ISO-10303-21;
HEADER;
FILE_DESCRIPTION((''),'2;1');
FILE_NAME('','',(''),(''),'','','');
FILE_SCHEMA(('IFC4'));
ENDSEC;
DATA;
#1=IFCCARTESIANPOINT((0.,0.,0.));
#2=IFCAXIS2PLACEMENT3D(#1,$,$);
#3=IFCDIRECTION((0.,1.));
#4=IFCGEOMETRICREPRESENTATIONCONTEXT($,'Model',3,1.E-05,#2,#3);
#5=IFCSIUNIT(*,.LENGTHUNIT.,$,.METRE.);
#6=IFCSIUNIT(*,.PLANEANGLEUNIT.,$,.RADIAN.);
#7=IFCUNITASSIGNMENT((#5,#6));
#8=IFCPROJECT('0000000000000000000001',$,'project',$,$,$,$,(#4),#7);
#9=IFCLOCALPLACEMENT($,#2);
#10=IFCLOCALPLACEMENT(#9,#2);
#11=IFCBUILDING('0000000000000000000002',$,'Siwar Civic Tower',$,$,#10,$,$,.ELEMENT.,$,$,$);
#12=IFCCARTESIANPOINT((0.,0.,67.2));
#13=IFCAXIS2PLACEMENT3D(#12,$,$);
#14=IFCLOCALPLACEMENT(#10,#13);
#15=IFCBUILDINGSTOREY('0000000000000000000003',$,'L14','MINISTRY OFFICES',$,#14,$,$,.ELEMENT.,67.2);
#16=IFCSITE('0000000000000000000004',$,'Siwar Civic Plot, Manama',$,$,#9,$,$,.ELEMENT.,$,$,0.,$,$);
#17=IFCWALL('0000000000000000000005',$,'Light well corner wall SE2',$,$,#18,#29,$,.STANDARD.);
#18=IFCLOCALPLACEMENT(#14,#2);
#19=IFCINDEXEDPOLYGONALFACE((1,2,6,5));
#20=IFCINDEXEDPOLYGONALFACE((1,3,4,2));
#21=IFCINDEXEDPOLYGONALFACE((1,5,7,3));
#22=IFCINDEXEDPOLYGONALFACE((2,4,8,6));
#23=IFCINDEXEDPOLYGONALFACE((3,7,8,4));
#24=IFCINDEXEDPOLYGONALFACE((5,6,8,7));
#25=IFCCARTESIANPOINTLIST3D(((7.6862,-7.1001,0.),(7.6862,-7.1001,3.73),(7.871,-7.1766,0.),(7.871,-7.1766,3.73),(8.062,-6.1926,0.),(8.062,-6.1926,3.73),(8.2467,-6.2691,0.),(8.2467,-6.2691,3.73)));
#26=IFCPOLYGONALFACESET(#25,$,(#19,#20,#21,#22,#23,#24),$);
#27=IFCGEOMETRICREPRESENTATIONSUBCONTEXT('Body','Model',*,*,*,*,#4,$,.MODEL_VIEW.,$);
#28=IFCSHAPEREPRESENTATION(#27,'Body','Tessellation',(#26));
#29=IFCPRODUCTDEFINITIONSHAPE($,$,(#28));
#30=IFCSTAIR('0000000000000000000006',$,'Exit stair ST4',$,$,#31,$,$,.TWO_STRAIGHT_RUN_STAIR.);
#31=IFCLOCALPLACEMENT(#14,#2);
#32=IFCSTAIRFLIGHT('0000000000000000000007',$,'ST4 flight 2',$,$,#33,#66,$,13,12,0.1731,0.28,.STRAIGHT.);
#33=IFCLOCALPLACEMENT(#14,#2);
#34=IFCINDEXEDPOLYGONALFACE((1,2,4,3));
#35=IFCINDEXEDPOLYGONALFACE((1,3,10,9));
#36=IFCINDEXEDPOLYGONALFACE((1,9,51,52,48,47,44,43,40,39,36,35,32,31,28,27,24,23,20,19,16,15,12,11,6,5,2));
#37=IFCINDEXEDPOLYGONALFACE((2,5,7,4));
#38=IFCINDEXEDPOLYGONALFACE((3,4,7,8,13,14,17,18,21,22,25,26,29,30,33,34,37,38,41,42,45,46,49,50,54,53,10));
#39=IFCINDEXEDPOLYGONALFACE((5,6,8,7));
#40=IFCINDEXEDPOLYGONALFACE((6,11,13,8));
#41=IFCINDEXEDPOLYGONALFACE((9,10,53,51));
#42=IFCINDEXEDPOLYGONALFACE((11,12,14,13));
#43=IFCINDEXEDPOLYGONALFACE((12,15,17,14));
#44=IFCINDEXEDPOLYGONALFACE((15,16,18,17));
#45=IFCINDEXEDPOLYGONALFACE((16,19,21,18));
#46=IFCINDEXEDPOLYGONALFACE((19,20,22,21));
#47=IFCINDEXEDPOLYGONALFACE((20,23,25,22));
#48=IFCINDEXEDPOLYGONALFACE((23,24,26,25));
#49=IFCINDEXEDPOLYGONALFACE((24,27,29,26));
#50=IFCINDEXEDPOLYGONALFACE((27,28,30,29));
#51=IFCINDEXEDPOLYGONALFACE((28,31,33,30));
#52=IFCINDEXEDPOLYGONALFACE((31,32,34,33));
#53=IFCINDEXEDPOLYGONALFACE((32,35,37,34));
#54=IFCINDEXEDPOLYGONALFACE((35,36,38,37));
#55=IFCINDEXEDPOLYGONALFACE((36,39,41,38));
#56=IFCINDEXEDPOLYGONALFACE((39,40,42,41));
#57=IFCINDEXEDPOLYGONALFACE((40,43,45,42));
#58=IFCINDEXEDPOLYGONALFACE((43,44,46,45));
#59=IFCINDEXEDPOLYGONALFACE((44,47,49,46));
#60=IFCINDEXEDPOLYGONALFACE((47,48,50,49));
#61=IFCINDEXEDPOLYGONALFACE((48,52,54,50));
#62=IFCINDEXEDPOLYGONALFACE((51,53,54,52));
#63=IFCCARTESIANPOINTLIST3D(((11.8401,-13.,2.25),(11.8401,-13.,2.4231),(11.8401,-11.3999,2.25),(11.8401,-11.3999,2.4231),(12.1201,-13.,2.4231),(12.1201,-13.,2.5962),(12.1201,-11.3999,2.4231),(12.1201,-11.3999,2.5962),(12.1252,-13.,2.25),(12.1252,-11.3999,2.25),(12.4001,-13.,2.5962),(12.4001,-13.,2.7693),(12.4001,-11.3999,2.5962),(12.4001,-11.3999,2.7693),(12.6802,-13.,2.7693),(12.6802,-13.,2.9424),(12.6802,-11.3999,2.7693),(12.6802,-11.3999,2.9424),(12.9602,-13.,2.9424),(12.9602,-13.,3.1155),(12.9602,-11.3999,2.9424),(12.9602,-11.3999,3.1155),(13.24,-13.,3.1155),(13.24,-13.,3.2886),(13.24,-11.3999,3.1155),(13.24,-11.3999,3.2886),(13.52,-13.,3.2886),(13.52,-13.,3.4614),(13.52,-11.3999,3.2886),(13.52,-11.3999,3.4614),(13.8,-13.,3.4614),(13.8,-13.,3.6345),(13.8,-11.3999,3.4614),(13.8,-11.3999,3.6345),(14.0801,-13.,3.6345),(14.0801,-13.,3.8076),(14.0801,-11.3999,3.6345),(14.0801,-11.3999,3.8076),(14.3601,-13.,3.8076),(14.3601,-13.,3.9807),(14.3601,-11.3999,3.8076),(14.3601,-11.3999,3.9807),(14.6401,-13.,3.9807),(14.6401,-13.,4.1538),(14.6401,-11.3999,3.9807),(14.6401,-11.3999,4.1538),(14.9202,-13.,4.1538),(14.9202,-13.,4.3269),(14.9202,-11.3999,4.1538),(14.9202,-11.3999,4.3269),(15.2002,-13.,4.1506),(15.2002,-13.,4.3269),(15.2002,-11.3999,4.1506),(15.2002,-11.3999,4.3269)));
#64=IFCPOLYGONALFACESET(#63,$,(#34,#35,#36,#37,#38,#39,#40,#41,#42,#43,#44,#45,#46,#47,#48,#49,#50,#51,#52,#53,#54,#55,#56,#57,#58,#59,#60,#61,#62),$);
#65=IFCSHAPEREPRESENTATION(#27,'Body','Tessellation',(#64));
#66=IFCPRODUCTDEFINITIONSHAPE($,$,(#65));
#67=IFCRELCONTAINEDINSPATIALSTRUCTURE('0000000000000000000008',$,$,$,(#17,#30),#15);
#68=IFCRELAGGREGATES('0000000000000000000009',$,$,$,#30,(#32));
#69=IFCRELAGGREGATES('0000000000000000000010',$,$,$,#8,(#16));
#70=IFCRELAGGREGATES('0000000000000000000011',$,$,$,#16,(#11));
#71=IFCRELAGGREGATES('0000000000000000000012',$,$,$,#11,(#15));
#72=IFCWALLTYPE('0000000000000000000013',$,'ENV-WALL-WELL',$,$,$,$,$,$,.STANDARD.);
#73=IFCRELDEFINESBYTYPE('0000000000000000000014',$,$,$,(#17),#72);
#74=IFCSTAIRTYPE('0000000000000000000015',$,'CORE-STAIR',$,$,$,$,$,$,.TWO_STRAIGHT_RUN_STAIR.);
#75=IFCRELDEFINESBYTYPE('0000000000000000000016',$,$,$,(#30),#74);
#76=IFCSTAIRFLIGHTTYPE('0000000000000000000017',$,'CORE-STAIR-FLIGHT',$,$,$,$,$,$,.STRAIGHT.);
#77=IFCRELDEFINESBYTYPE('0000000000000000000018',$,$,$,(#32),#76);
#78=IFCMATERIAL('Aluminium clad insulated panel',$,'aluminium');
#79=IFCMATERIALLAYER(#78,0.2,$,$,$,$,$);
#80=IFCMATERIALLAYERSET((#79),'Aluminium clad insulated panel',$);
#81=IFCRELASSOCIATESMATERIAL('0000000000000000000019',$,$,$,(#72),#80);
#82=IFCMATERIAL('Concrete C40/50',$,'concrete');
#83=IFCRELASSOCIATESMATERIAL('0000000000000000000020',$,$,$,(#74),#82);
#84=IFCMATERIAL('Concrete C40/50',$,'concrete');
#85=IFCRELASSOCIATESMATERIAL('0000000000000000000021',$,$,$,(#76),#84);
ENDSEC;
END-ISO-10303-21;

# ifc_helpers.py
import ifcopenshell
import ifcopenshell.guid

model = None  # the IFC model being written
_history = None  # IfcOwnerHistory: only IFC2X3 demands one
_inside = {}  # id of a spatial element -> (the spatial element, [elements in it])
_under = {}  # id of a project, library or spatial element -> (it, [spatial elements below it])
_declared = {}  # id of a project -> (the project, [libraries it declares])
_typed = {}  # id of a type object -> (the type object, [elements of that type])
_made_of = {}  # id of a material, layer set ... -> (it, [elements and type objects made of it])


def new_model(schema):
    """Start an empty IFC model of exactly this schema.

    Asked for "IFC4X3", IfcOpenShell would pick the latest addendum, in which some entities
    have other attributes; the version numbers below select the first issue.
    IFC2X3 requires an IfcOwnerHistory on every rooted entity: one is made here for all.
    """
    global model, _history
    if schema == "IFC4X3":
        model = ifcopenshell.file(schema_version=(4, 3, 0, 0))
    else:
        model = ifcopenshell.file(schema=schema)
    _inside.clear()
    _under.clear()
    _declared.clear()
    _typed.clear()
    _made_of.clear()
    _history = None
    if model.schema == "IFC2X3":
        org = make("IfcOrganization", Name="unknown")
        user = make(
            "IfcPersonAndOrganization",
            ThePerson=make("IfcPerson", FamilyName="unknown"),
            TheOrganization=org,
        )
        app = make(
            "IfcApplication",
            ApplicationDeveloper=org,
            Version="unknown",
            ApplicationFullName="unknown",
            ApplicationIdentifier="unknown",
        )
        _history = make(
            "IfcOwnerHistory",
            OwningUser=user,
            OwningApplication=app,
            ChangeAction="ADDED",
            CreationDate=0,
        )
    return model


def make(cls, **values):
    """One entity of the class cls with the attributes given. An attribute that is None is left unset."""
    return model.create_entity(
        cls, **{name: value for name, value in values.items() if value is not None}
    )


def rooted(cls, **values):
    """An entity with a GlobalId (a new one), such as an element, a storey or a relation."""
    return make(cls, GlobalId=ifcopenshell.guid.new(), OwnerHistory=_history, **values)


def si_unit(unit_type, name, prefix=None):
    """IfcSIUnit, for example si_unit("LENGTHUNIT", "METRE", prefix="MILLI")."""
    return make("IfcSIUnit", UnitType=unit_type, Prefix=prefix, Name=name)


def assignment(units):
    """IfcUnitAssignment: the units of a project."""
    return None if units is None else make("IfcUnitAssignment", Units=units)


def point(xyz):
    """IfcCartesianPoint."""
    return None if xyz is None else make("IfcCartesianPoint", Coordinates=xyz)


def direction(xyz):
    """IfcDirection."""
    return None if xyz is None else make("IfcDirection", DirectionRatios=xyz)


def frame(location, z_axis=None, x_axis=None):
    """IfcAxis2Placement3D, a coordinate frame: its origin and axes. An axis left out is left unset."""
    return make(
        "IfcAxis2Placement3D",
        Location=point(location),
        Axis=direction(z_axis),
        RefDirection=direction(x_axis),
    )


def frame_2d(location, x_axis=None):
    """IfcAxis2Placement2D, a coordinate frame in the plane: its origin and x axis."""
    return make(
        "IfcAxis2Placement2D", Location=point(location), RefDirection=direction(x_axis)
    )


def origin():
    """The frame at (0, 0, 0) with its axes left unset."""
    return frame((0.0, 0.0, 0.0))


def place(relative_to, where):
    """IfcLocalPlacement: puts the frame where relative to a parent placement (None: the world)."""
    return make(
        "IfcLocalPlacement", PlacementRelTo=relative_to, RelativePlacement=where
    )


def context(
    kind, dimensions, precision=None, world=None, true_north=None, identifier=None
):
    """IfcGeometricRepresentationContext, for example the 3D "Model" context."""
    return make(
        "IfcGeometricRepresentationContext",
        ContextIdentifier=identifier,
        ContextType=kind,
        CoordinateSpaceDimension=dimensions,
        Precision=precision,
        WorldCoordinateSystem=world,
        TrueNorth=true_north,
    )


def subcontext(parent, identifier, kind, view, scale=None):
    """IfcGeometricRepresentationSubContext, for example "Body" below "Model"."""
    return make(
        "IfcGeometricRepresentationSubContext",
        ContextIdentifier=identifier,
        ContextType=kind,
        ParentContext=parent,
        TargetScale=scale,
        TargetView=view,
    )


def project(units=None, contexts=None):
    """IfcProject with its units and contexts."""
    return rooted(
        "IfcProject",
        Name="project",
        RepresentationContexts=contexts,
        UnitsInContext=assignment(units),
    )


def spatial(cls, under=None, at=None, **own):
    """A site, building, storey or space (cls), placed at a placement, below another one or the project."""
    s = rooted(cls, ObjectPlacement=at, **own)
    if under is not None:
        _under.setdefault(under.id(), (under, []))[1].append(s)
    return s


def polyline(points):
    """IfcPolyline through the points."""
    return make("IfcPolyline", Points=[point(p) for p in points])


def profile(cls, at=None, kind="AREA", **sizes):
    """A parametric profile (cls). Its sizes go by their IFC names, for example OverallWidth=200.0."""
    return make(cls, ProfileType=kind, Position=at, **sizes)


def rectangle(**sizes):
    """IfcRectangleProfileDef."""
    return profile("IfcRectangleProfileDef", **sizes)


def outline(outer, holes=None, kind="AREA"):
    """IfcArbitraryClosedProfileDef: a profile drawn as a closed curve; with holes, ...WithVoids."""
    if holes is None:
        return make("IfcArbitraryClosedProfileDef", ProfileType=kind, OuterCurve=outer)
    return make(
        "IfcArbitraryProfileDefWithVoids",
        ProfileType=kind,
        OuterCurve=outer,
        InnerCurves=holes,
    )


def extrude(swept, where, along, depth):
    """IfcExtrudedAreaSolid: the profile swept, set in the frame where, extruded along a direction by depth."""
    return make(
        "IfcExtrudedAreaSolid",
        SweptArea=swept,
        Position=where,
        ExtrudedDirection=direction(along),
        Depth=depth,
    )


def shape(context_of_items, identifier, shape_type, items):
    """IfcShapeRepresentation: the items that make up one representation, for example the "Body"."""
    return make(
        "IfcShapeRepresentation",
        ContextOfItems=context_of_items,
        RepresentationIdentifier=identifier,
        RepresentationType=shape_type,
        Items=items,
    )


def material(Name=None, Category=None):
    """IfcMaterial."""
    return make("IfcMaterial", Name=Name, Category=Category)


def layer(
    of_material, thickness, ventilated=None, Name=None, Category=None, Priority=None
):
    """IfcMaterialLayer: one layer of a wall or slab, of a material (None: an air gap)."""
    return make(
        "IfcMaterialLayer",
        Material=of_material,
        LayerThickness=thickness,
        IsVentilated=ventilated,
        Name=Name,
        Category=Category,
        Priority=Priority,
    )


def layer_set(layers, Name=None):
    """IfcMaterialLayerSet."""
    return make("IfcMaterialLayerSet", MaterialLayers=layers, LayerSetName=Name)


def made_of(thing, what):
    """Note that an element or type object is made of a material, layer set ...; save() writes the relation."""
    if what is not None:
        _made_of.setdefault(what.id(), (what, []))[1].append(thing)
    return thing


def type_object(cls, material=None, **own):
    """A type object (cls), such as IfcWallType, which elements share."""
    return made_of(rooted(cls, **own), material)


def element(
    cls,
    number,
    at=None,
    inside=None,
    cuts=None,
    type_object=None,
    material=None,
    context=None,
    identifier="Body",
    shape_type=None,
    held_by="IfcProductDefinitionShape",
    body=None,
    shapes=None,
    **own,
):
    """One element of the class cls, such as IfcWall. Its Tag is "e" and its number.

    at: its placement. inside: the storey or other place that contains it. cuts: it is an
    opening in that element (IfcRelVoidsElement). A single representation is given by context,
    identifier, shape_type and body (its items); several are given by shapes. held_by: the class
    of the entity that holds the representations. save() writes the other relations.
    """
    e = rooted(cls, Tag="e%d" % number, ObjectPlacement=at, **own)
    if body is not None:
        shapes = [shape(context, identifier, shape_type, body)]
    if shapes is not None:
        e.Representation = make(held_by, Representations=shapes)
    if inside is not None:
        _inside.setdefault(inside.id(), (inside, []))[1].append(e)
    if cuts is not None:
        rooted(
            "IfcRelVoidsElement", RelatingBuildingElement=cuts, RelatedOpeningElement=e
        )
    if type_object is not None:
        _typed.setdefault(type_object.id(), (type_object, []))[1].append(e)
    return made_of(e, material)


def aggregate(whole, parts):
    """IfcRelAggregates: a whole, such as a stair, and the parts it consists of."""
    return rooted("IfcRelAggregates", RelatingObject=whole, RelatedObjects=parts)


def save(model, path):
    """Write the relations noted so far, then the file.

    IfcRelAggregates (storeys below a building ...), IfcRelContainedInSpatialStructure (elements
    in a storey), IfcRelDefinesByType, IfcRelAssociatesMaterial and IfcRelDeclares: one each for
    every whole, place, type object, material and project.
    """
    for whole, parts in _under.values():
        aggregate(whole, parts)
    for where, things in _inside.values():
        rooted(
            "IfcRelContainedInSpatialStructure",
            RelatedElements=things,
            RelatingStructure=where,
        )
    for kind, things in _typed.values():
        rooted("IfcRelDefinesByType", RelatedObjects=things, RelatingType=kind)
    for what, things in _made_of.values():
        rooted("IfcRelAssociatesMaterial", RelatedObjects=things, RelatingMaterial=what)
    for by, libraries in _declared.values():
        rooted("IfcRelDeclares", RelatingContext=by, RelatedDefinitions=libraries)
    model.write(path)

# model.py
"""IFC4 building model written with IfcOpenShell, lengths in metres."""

from ifc_helpers import new_model, si_unit, direction, frame, frame_2d, origin, place, context, subcontext, project, spatial, polyline, rectangle, outline, extrude, material, layer, layer_set, type_object, element, aggregate, save


model = new_model("IFC4")

# Units and contexts
model_context = context("Model", 3, precision=1e-05, world=origin(), true_north=direction((0.0, 1.0)))
body_context = subcontext(model_context, "Body", "Model", "MODEL_VIEW")
ifc_project = project(units=[si_unit("LENGTHUNIT", "METRE"), si_unit("PLANEANGLEUNIT", "RADIAN")], contexts=[model_context])

# Site, building, storey
site_placement = place(None, origin())
site = spatial("IfcSite", under=ifc_project, at=site_placement, Name="Siwar Civic Plot, Manama", CompositionType="ELEMENT", RefElevation=0.0)
building_placement = place(site_placement, origin())
building = spatial("IfcBuilding", under=site, at=building_placement, Name="Siwar Civic Tower", CompositionType="ELEMENT")
storey_placement = place(building_placement, frame((0.0, 0.0, 67.2)))
storey = spatial("IfcBuildingStorey", under=building, at=storey_placement, Name="L14", Description="MINISTRY OFFICES", CompositionType="ELEMENT", Elevation=67.2)

# Wall
ifc_material_1 = material(Name="Aluminium clad insulated panel", Category="aluminium")
ifc_layer_1 = layer(ifc_material_1, 0.2)
ifc_layer_set_1 = layer_set([ifc_layer_1], Name="Aluminium clad insulated panel")
wall_type_1 = type_object("IfcWallType", Name="ENV-WALL-WELL", PredefinedType="STANDARD", material=ifc_layer_set_1)
wall_1_placement = place(storey_placement, frame((7.7786, -7.1384, 0.0), z_axis=(0.0, 0.0, 1.0), x_axis=(0.382549, 0.923935, 0.0)))
element("IfcWall", 1, at=wall_1_placement, inside=storey, type_object=wall_type_1, Name="Light well corner wall SE2", PredefinedType="STANDARD", context=body_context, shape_type="SweptSolid", body=[
    extrude(rectangle(XDim=0.9822, YDim=0.2, at=frame_2d((0.4912, 0.0))), origin(), (0.0, 0.0, 1.0), 3.73),
])

# Stair, stair flight
ifc_material_2 = material(Name="Concrete C40/50", Category="concrete")
stair_type = type_object("IfcStairType", Name="CORE-STAIR", PredefinedType="TWO_STRAIGHT_RUN_STAIR", material=ifc_material_2)
stair_placement = place(storey_placement, origin())
stair = element("IfcStair", 2, at=stair_placement, inside=storey, type_object=stair_type, Name="Exit stair ST4", PredefinedType="TWO_STRAIGHT_RUN_STAIR")
ifc_material_3 = material(Name="Concrete C40/50", Category="concrete")
stair_flight_type = type_object("IfcStairFlightType", Name="CORE-STAIR-FLIGHT", PredefinedType="STRAIGHT", material=ifc_material_3)
stair_flight_placement = place(storey_placement, frame((11.8401, -12.2, 2.25), z_axis=(0.0, 0.0, 1.0), x_axis=(1.0, 0.0, 0.0)))
stair_flight = element("IfcStairFlight", 3, at=stair_flight_placement, type_object=stair_flight_type, Name="ST4 flight 2", NumberOfRisers=13, NumberOfTreads=12, PredefinedType="STRAIGHT", RiserHeight=0.1731, TreadLength=0.28, context=body_context, shape_type="SweptSolid", body=[
    extrude(outline(polyline([(0.0, 0.0), (0.0, 0.1731), (0.28, 0.1731), (0.28, 0.3462), (0.5601, 0.3462), (0.5601, 0.5193), (0.8401, 0.5193), (0.8401, 0.6924), (1.1201, 0.6924), (1.1201, 0.8655), (1.3999, 0.8655), (1.3999, 1.0386), (1.6799, 1.0386), (1.6799, 1.2114), (1.96, 1.2114), (1.96, 1.3845), (2.24, 1.3845), (2.24, 1.5576), (2.52, 1.5576), (2.52, 1.7307), (2.8, 1.7307), (2.8, 1.9038), (3.0801, 1.9038), (3.0801, 2.0769), (3.3601, 2.0769), (3.3601, 2.25), (3.3601, 1.9006), (0.2852, 0.0), (0.0, 0.0)])), frame((0.0, 0.8, 0.0), z_axis=(0.0, -1.0, 0.0), x_axis=(1.0, 0.0, 0.0)), (0.0, 0.0, 1.0), 1.6001),
])
aggregate(stair, [stair_flight])

save(model, "model.ifc")
